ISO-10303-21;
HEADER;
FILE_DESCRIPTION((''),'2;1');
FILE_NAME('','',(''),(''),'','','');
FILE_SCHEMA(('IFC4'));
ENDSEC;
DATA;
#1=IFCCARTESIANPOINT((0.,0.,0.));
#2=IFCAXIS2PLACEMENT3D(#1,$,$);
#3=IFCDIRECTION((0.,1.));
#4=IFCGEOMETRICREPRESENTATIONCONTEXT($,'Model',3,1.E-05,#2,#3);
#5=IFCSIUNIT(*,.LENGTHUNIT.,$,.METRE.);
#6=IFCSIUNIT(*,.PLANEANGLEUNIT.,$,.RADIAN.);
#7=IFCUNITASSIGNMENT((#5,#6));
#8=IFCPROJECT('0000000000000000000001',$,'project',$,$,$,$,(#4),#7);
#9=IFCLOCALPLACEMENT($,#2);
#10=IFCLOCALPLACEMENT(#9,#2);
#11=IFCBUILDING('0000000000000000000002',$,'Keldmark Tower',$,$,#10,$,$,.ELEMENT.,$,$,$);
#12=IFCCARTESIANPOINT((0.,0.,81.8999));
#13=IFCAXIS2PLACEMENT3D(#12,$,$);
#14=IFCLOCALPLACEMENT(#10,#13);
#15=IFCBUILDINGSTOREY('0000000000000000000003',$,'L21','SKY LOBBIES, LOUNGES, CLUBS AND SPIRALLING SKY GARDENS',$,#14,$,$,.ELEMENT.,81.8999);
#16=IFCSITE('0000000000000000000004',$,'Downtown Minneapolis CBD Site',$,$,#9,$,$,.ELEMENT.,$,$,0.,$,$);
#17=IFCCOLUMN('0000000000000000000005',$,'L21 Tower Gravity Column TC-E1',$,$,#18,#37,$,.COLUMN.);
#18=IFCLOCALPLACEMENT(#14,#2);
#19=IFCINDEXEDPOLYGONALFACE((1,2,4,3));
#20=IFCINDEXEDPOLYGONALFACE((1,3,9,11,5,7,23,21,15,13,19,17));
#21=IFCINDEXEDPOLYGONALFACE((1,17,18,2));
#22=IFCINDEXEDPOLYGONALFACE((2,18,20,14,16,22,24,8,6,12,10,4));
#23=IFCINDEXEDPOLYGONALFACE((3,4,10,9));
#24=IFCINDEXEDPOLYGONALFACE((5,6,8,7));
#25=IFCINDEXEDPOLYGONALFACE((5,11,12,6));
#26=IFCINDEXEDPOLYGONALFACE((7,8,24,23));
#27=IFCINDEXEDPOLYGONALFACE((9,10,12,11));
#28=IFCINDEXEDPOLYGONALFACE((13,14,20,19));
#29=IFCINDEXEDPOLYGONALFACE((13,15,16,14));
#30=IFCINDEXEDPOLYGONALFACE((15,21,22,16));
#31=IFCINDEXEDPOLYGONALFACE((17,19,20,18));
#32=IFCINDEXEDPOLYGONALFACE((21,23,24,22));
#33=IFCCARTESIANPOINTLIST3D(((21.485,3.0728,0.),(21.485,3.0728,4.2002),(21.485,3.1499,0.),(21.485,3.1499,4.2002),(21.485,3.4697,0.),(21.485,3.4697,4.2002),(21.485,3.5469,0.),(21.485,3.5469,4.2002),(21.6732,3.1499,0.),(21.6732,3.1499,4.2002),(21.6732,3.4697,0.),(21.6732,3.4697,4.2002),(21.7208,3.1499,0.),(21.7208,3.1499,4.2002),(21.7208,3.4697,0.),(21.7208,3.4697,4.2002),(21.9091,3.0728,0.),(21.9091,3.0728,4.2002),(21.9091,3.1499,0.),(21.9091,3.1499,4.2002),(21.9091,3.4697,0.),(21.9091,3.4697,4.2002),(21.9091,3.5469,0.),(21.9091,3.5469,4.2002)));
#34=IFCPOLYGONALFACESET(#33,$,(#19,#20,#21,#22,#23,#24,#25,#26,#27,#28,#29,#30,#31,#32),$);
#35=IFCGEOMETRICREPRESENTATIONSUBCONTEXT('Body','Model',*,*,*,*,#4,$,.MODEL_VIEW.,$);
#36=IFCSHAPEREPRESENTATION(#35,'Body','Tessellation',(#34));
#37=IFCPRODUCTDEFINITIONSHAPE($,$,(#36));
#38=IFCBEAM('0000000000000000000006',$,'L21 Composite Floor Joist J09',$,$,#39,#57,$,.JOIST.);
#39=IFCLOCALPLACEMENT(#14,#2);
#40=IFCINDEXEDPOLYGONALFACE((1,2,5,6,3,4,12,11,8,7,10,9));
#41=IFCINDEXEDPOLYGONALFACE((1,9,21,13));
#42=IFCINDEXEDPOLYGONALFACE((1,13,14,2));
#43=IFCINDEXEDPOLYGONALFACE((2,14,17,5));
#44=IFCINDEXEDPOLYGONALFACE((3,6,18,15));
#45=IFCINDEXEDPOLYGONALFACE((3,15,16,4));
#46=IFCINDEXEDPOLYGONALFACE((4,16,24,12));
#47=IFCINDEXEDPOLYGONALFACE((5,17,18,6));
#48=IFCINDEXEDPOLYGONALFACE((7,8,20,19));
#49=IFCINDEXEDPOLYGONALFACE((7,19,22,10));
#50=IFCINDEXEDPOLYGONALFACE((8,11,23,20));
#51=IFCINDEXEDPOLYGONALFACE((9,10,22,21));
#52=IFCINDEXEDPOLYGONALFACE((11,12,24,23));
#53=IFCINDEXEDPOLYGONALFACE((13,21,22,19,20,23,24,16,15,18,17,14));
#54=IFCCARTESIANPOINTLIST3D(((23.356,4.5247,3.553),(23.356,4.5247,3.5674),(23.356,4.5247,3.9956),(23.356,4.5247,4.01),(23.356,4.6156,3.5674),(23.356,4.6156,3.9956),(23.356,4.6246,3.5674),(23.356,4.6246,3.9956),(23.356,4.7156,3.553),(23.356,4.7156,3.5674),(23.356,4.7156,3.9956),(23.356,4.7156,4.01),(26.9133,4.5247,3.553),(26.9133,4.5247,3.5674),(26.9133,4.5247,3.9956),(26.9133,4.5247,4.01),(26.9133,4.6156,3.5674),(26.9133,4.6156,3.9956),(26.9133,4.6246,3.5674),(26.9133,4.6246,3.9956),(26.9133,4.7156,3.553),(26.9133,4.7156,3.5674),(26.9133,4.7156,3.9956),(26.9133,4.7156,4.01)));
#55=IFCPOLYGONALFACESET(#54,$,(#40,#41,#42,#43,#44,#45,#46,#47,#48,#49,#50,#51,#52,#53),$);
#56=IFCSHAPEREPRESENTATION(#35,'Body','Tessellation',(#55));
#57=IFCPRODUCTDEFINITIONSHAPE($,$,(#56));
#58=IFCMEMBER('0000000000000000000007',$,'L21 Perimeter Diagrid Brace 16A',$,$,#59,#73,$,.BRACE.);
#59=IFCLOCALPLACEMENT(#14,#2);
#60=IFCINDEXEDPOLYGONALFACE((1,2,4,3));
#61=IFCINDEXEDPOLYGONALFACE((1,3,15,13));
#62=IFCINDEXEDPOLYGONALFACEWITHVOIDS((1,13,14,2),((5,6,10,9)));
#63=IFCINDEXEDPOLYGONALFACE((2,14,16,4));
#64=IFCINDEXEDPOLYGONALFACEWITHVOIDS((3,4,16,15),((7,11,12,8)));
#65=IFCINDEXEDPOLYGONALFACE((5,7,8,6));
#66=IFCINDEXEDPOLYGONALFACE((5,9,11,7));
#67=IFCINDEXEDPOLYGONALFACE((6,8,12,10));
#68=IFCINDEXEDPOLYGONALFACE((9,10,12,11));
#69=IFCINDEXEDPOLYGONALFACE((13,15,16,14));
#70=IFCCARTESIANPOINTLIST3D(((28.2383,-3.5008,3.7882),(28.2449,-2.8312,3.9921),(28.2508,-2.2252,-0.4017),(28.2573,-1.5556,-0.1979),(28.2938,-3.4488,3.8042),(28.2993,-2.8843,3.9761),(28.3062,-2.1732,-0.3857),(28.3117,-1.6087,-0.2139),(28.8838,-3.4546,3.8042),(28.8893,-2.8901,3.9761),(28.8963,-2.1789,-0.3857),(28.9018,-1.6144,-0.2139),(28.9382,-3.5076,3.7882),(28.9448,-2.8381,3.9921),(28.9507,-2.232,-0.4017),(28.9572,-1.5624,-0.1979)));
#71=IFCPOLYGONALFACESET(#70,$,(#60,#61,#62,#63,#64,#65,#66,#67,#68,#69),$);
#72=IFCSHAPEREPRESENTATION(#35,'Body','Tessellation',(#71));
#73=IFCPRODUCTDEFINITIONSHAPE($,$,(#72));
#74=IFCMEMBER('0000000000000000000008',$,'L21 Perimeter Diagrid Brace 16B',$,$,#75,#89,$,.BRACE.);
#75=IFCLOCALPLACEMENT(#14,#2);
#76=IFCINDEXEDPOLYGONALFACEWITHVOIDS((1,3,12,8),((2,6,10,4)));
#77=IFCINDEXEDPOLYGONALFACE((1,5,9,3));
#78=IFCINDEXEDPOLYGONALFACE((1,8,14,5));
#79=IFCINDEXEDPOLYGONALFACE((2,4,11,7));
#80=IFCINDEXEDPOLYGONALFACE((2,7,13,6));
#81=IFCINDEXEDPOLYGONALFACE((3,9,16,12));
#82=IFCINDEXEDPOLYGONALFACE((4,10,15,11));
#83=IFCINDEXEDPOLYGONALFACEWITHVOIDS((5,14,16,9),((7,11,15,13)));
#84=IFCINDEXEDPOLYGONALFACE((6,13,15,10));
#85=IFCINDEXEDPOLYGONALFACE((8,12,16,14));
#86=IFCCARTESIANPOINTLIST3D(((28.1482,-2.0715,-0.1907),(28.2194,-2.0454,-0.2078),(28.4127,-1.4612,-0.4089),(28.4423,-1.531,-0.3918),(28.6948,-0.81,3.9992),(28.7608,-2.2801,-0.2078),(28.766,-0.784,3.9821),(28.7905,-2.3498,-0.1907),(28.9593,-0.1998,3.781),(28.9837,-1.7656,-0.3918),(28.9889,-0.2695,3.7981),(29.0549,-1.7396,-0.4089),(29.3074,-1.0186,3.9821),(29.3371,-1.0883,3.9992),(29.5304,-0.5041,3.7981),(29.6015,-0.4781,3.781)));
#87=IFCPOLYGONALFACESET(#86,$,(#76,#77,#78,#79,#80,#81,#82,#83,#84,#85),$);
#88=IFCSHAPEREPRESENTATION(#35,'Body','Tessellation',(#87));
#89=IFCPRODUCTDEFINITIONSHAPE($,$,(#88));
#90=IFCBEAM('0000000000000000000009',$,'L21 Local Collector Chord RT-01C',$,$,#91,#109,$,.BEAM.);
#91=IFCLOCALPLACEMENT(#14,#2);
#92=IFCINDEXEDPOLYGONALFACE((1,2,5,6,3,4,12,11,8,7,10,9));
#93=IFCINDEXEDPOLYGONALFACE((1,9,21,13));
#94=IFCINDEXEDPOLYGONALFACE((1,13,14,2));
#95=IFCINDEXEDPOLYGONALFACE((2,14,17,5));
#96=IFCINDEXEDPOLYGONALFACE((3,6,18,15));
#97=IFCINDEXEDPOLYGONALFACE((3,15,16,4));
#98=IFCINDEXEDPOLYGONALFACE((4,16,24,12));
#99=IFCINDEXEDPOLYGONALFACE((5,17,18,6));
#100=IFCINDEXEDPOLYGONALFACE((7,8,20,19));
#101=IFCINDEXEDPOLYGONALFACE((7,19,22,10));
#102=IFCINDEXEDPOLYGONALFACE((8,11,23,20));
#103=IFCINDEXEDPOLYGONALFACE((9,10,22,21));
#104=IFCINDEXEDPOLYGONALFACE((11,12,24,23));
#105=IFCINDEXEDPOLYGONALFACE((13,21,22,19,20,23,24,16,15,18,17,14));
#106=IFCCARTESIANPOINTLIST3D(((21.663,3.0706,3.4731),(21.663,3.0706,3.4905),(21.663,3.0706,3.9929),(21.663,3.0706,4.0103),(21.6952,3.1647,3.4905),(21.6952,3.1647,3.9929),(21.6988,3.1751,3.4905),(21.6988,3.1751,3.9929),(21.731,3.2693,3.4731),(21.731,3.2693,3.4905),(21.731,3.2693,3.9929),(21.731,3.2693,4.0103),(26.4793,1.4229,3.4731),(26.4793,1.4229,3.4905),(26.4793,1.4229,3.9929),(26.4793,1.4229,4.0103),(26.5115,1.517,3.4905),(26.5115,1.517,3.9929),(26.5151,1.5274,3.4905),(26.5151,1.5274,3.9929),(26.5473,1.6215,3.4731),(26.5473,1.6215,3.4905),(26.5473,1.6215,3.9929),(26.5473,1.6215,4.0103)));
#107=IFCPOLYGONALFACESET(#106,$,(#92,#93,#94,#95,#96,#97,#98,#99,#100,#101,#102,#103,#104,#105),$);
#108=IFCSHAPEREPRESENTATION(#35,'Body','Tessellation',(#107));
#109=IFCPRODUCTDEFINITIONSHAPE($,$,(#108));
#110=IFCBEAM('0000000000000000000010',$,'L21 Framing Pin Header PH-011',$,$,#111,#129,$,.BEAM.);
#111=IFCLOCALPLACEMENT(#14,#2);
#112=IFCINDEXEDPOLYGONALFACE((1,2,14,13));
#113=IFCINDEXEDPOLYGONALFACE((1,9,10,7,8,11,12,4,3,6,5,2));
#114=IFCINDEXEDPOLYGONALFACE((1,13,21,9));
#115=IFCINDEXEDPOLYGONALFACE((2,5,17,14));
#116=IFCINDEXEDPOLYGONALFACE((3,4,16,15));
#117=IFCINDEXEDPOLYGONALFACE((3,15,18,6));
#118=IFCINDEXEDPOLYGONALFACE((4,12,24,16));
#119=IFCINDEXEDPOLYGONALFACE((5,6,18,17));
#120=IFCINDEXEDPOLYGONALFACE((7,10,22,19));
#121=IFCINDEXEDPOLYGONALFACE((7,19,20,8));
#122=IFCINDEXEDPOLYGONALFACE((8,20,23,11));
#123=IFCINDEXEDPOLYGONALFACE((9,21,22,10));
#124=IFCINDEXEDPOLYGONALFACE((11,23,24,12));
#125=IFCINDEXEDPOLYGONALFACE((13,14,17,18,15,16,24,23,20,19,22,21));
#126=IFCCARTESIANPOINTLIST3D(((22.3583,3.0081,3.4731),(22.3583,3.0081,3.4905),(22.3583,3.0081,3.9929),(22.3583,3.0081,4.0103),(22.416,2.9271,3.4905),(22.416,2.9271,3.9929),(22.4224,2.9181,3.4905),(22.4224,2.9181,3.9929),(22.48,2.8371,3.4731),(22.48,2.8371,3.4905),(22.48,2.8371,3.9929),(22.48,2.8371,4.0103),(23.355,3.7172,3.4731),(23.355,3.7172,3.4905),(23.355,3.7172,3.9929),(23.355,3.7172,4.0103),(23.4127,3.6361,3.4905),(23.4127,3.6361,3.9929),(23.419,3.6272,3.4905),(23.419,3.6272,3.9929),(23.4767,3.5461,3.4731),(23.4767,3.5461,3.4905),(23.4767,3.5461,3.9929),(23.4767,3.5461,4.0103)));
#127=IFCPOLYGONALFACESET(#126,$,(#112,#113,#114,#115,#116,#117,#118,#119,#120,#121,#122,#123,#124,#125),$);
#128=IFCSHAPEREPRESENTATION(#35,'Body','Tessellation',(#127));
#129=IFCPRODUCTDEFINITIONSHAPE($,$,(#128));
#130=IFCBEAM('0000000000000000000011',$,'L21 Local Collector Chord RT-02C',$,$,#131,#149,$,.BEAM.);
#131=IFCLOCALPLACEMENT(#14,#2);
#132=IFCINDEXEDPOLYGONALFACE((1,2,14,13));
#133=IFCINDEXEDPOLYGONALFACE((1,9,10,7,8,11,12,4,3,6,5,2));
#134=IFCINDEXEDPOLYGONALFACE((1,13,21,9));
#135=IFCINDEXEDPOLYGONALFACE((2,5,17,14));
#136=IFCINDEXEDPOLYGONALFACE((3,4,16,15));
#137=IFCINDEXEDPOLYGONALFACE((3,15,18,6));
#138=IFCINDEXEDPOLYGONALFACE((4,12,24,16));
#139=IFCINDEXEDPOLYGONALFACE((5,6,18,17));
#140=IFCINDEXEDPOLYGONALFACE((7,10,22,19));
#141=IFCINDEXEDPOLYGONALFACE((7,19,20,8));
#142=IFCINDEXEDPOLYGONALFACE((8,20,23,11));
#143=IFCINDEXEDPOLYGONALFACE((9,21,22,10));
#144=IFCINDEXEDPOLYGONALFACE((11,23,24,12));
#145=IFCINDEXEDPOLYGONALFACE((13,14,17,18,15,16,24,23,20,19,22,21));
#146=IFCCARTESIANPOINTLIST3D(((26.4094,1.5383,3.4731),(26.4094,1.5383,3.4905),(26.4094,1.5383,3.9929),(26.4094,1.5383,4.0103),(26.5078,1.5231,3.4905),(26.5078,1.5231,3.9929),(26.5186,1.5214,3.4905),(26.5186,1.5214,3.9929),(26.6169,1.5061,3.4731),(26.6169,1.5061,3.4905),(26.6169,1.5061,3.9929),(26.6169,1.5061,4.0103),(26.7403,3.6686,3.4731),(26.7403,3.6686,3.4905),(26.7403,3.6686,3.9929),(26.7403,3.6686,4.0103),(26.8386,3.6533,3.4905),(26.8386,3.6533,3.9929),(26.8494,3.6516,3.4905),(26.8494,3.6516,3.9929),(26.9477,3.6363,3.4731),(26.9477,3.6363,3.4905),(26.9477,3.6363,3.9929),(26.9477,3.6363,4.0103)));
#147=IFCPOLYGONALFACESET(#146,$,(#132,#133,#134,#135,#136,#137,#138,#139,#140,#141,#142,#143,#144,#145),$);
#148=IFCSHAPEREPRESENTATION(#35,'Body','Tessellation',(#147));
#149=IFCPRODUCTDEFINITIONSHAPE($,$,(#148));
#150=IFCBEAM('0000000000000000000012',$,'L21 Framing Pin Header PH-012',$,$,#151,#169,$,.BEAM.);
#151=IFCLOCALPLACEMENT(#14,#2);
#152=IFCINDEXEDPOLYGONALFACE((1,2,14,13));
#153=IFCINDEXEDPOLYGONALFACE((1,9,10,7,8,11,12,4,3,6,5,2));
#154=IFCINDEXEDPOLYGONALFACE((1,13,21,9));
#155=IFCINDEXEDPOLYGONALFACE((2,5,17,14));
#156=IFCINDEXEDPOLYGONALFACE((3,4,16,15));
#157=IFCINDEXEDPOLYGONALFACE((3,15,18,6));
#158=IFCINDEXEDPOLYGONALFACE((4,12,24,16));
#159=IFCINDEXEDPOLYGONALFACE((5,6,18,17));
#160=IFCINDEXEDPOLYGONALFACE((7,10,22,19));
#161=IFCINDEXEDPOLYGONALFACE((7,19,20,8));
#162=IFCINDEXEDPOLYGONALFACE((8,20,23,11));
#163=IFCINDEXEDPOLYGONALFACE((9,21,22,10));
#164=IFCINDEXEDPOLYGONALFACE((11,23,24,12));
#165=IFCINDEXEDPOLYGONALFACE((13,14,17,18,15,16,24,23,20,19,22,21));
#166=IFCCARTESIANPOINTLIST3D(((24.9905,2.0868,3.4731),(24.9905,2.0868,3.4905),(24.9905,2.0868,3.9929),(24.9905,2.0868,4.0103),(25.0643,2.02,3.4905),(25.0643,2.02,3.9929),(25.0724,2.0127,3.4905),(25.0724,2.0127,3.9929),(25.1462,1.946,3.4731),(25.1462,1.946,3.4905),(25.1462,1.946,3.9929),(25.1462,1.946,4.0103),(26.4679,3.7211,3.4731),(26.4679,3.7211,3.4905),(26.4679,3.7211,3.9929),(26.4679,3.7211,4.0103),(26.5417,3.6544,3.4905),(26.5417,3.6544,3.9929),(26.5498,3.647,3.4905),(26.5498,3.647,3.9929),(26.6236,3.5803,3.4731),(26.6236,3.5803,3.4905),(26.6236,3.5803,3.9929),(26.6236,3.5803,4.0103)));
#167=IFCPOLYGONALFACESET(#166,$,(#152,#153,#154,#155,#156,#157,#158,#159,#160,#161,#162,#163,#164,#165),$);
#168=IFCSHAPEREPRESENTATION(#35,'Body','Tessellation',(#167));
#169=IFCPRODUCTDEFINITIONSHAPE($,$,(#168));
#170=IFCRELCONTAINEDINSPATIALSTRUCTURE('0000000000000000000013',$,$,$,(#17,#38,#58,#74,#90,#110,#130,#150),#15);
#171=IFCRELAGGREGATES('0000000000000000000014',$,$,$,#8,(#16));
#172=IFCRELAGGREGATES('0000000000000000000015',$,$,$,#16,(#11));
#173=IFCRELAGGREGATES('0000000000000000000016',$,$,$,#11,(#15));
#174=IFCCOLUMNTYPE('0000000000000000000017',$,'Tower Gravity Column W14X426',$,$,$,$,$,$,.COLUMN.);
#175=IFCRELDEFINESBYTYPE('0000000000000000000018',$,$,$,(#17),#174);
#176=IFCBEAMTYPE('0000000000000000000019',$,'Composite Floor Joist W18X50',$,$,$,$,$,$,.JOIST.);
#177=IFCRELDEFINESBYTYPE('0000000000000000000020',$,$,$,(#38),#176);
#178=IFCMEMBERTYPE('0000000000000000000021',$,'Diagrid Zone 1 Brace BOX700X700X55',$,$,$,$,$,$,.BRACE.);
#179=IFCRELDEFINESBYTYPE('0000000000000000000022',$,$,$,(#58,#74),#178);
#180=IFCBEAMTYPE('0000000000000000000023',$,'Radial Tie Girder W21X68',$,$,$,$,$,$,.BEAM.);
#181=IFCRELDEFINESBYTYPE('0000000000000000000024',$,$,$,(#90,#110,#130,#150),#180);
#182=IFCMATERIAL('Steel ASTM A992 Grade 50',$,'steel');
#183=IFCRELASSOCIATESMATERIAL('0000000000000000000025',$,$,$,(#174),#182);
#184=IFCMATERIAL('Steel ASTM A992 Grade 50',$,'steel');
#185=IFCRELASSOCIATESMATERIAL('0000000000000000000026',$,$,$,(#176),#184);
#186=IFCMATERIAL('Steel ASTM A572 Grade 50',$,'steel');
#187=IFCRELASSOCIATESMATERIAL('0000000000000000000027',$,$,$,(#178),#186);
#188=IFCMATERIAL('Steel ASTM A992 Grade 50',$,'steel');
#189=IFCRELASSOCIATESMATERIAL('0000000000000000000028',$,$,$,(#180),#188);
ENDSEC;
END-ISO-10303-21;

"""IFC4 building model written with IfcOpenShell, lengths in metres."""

from ifc_helpers import new_model, si_unit, direction, frame, origin, origin_2d, place, context, subcontext, project, spatial, hollow_rectangle, i_section, extrude, material, material_profile, profile_set, type_object, element, save


model = new_model("IFC4")

# Units and contexts
model_context = context("Model", 3, precision=1e-05, world=origin(), true_north=direction((0.0, 1.0)))
body_context = subcontext(model_context, "Body", "Model", "MODEL_VIEW")
ifc_project = project(units=[si_unit("LENGTHUNIT", "METRE"), si_unit("PLANEANGLEUNIT", "RADIAN")], contexts=[model_context])

# Site, building, storey
site_placement = place(None, origin())
site = spatial("IfcSite", under=ifc_project, at=site_placement, Name="Downtown Minneapolis CBD Site", CompositionType="ELEMENT", RefElevation=0.0)
building_placement = place(site_placement, origin())
building = spatial("IfcBuilding", under=site, at=building_placement, Name="Keldmark Tower", CompositionType="ELEMENT")
storey_placement = place(building_placement, frame((0.0, 0.0, 81.8999)))
storey = spatial("IfcBuildingStorey", under=building, at=storey_placement, Name="L21", Description="SKY LOBBIES, LOUNGES, CLUBS AND SPIRALLING SKY GARDENS", CompositionType="ELEMENT", Elevation=81.8999)

# Column
ifc_material_1 = material(Name="Steel ASTM A992 Grade 50", Category="steel")
ifc_material_profile_1 = material_profile(ifc_material_1, i_section(OverallWidth=0.4241, OverallDepth=0.4741, WebThickness=0.0476, FlangeThickness=0.0771, at=origin_2d()), Name="W14X426")
ifc_profile_set_1 = profile_set([ifc_material_profile_1], Name="Steel ASTM A992 Grade 50")
column_type = type_object("IfcColumnType", Name="Tower Gravity Column W14X426", PredefinedType="COLUMN", material=ifc_profile_set_1)
column_placement = place(storey_placement, frame((21.697, 3.3098, 0.0), z_axis=(0.0, 0.0, 1.0), x_axis=(1.0, 0.0, 0.0)))
element("IfcColumn", 1, at=column_placement, inside=storey, type_object=column_type, Name="L21 Tower Gravity Column TC-E1", PredefinedType="COLUMN", context=body_context, shape_type="SweptSolid", body=[
    extrude(i_section(OverallWidth=0.4241, OverallDepth=0.4741, WebThickness=0.0476, FlangeThickness=0.0771, at=origin_2d()), origin(), (0.0, 0.0, 1.0), 4.2002),
])

# Beam
ifc_material_2 = material(Name="Steel ASTM A992 Grade 50", Category="steel")
ifc_material_profile_2 = material_profile(ifc_material_2, i_section(OverallWidth=0.1909, OverallDepth=0.457, WebThickness=0.009, FlangeThickness=0.0144, at=origin_2d()), Name="W18X50")
ifc_profile_set_2 = profile_set([ifc_material_profile_2], Name="Steel ASTM A992 Grade 50")
beam_type_1 = type_object("IfcBeamType", Name="Composite Floor Joist W18X50", PredefinedType="JOIST", material=ifc_profile_set_2)
beam_1_placement = place(storey_placement, frame((23.356, 4.6201, 3.7815), z_axis=(1.0, 0.0, 0.0), x_axis=(0.0, 1.0, 0.0)))
element("IfcBeam", 2, at=beam_1_placement, inside=storey, type_object=beam_type_1, Name="L21 Composite Floor Joist J09", PredefinedType="JOIST", context=body_context, shape_type="SweptSolid", body=[
    extrude(i_section(OverallWidth=0.1909, OverallDepth=0.457, WebThickness=0.009, FlangeThickness=0.0144, at=origin_2d()), origin(), (0.0, 0.0, 1.0), 3.5574),
])

# Members
ifc_material_3 = material(Name="Steel ASTM A572 Grade 50", Category="steel")
ifc_material_profile_3 = material_profile(ifc_material_3, hollow_rectangle(XDim=0.7, YDim=0.7, WallThickness=0.0549, at=origin_2d()), Name="BOX700X700X55")
ifc_profile_set_3 = profile_set([ifc_material_profile_3], Name="Steel ASTM A572 Grade 50")
member_type = type_object("IfcMemberType", Name="Diagrid Zone 1 Brace BOX700X700X55", PredefinedType="BRACE", material=ifc_profile_set_3)
member_1_placement = place(storey_placement, frame((28.604, -1.8938, -0.2998), z_axis=(-0.002843, -0.291251, 0.956642), x_axis=(0.999952, -0.00976, 0.0)))
element("IfcMember", 3, at=member_1_placement, inside=storey, type_object=member_type, Name="L21 Perimeter Diagrid Brace 16A", PredefinedType="BRACE", context=body_context, shape_type="SweptSolid", body=[
    extrude(hollow_rectangle(XDim=0.7, YDim=0.7, WallThickness=0.0549, at=origin_2d()), origin(), (0.0, 0.0, 1.0), 4.3799),
])
member_2_placement = place(storey_placement, frame((28.6016, -1.9055, -0.2998), z_axis=(0.12396, 0.286066, 0.950158), x_axis=(-0.917558, 0.397602, 0.0)))
element("IfcMember", 4, at=member_2_placement, inside=storey, type_object=member_type, Name="L21 Perimeter Diagrid Brace 16B", PredefinedType="BRACE", context=body_context, shape_type="SweptSolid", body=[
    extrude(hollow_rectangle(XDim=0.7, YDim=0.7, WallThickness=0.0549, at=origin_2d()), origin(), (0.0, 0.0, 1.0), 4.4097),
])

# Beams
ifc_material_4 = material(Name="Steel ASTM A992 Grade 50", Category="steel")
ifc_material_profile_4 = material_profile(ifc_material_4, i_section(OverallWidth=0.21, OverallDepth=0.5371, WebThickness=0.011, FlangeThickness=0.0173, at=origin_2d()), Name="W21X68")
ifc_profile_set_4 = profile_set([ifc_material_profile_4], Name="Steel ASTM A992 Grade 50")
beam_type_2 = type_object("IfcBeamType", Name="Radial Tie Girder W21X68", PredefinedType="BEAM", material=ifc_profile_set_4)
beam_2_placement = place(storey_placement, frame((21.697, 3.1699, 3.7417), z_axis=(0.94616, -0.3237, 0.0), x_axis=(0.3237, 0.94616, 0.0)))
element("IfcBeam", 5, at=beam_2_placement, inside=storey, type_object=beam_type_2, Name="L21 Local Collector Chord RT-01C", PredefinedType="BEAM", context=body_context, shape_type="SweptSolid", body=[
    extrude(i_section(OverallWidth=0.21, OverallDepth=0.5371, WebThickness=0.011, FlangeThickness=0.0173, at=origin_2d()), origin(), (0.0, 0.0, 1.0), 5.0903),
])
beam_3_placement = place(storey_placement, frame((22.4192, 2.9226, 3.7417), z_axis=(0.814838, 0.579689, 0.0), x_axis=(-0.579689, 0.814838, 0.0)))
element("IfcBeam", 6, at=beam_3_placement, inside=storey, type_object=beam_type_2, Name="L21 Framing Pin Header PH-011", PredefinedType="BEAM", context=body_context, shape_type="SweptSolid", body=[
    extrude(i_section(OverallWidth=0.21, OverallDepth=0.5371, WebThickness=0.011, FlangeThickness=0.0173, at=origin_2d()), origin(), (0.0, 0.0, 1.0), 1.2231),
])
beam_4_placement = place(storey_placement, frame((26.5132, 1.5222, 3.7417), z_axis=(0.153461, 0.988155, 0.0), x_axis=(-0.988155, 0.153461, 0.0)))
element("IfcBeam", 7, at=beam_4_placement, inside=storey, type_object=beam_type_2, Name="L21 Local Collector Chord RT-02C", PredefinedType="BEAM", context=body_context, shape_type="SweptSolid", body=[
    extrude(i_section(OverallWidth=0.21, OverallDepth=0.5371, WebThickness=0.011, FlangeThickness=0.0173, at=origin_2d()), origin(), (0.0, 0.0, 1.0), 2.1558),
])
beam_5_placement = place(storey_placement, frame((25.0684, 2.0164, 3.7417), z_axis=(0.67058, 0.741838, 0.0), x_axis=(-0.741838, 0.67058, 0.0)))
element("IfcBeam", 8, at=beam_5_placement, inside=storey, type_object=beam_type_2, Name="L21 Framing Pin Header PH-012", PredefinedType="BEAM", context=body_context, shape_type="SweptSolid", body=[
    extrude(i_section(OverallWidth=0.21, OverallDepth=0.5371, WebThickness=0.011, FlangeThickness=0.0173, at=origin_2d()), origin(), (0.0, 0.0, 1.0), 2.2031),
])

save(model, "model.ifc")
